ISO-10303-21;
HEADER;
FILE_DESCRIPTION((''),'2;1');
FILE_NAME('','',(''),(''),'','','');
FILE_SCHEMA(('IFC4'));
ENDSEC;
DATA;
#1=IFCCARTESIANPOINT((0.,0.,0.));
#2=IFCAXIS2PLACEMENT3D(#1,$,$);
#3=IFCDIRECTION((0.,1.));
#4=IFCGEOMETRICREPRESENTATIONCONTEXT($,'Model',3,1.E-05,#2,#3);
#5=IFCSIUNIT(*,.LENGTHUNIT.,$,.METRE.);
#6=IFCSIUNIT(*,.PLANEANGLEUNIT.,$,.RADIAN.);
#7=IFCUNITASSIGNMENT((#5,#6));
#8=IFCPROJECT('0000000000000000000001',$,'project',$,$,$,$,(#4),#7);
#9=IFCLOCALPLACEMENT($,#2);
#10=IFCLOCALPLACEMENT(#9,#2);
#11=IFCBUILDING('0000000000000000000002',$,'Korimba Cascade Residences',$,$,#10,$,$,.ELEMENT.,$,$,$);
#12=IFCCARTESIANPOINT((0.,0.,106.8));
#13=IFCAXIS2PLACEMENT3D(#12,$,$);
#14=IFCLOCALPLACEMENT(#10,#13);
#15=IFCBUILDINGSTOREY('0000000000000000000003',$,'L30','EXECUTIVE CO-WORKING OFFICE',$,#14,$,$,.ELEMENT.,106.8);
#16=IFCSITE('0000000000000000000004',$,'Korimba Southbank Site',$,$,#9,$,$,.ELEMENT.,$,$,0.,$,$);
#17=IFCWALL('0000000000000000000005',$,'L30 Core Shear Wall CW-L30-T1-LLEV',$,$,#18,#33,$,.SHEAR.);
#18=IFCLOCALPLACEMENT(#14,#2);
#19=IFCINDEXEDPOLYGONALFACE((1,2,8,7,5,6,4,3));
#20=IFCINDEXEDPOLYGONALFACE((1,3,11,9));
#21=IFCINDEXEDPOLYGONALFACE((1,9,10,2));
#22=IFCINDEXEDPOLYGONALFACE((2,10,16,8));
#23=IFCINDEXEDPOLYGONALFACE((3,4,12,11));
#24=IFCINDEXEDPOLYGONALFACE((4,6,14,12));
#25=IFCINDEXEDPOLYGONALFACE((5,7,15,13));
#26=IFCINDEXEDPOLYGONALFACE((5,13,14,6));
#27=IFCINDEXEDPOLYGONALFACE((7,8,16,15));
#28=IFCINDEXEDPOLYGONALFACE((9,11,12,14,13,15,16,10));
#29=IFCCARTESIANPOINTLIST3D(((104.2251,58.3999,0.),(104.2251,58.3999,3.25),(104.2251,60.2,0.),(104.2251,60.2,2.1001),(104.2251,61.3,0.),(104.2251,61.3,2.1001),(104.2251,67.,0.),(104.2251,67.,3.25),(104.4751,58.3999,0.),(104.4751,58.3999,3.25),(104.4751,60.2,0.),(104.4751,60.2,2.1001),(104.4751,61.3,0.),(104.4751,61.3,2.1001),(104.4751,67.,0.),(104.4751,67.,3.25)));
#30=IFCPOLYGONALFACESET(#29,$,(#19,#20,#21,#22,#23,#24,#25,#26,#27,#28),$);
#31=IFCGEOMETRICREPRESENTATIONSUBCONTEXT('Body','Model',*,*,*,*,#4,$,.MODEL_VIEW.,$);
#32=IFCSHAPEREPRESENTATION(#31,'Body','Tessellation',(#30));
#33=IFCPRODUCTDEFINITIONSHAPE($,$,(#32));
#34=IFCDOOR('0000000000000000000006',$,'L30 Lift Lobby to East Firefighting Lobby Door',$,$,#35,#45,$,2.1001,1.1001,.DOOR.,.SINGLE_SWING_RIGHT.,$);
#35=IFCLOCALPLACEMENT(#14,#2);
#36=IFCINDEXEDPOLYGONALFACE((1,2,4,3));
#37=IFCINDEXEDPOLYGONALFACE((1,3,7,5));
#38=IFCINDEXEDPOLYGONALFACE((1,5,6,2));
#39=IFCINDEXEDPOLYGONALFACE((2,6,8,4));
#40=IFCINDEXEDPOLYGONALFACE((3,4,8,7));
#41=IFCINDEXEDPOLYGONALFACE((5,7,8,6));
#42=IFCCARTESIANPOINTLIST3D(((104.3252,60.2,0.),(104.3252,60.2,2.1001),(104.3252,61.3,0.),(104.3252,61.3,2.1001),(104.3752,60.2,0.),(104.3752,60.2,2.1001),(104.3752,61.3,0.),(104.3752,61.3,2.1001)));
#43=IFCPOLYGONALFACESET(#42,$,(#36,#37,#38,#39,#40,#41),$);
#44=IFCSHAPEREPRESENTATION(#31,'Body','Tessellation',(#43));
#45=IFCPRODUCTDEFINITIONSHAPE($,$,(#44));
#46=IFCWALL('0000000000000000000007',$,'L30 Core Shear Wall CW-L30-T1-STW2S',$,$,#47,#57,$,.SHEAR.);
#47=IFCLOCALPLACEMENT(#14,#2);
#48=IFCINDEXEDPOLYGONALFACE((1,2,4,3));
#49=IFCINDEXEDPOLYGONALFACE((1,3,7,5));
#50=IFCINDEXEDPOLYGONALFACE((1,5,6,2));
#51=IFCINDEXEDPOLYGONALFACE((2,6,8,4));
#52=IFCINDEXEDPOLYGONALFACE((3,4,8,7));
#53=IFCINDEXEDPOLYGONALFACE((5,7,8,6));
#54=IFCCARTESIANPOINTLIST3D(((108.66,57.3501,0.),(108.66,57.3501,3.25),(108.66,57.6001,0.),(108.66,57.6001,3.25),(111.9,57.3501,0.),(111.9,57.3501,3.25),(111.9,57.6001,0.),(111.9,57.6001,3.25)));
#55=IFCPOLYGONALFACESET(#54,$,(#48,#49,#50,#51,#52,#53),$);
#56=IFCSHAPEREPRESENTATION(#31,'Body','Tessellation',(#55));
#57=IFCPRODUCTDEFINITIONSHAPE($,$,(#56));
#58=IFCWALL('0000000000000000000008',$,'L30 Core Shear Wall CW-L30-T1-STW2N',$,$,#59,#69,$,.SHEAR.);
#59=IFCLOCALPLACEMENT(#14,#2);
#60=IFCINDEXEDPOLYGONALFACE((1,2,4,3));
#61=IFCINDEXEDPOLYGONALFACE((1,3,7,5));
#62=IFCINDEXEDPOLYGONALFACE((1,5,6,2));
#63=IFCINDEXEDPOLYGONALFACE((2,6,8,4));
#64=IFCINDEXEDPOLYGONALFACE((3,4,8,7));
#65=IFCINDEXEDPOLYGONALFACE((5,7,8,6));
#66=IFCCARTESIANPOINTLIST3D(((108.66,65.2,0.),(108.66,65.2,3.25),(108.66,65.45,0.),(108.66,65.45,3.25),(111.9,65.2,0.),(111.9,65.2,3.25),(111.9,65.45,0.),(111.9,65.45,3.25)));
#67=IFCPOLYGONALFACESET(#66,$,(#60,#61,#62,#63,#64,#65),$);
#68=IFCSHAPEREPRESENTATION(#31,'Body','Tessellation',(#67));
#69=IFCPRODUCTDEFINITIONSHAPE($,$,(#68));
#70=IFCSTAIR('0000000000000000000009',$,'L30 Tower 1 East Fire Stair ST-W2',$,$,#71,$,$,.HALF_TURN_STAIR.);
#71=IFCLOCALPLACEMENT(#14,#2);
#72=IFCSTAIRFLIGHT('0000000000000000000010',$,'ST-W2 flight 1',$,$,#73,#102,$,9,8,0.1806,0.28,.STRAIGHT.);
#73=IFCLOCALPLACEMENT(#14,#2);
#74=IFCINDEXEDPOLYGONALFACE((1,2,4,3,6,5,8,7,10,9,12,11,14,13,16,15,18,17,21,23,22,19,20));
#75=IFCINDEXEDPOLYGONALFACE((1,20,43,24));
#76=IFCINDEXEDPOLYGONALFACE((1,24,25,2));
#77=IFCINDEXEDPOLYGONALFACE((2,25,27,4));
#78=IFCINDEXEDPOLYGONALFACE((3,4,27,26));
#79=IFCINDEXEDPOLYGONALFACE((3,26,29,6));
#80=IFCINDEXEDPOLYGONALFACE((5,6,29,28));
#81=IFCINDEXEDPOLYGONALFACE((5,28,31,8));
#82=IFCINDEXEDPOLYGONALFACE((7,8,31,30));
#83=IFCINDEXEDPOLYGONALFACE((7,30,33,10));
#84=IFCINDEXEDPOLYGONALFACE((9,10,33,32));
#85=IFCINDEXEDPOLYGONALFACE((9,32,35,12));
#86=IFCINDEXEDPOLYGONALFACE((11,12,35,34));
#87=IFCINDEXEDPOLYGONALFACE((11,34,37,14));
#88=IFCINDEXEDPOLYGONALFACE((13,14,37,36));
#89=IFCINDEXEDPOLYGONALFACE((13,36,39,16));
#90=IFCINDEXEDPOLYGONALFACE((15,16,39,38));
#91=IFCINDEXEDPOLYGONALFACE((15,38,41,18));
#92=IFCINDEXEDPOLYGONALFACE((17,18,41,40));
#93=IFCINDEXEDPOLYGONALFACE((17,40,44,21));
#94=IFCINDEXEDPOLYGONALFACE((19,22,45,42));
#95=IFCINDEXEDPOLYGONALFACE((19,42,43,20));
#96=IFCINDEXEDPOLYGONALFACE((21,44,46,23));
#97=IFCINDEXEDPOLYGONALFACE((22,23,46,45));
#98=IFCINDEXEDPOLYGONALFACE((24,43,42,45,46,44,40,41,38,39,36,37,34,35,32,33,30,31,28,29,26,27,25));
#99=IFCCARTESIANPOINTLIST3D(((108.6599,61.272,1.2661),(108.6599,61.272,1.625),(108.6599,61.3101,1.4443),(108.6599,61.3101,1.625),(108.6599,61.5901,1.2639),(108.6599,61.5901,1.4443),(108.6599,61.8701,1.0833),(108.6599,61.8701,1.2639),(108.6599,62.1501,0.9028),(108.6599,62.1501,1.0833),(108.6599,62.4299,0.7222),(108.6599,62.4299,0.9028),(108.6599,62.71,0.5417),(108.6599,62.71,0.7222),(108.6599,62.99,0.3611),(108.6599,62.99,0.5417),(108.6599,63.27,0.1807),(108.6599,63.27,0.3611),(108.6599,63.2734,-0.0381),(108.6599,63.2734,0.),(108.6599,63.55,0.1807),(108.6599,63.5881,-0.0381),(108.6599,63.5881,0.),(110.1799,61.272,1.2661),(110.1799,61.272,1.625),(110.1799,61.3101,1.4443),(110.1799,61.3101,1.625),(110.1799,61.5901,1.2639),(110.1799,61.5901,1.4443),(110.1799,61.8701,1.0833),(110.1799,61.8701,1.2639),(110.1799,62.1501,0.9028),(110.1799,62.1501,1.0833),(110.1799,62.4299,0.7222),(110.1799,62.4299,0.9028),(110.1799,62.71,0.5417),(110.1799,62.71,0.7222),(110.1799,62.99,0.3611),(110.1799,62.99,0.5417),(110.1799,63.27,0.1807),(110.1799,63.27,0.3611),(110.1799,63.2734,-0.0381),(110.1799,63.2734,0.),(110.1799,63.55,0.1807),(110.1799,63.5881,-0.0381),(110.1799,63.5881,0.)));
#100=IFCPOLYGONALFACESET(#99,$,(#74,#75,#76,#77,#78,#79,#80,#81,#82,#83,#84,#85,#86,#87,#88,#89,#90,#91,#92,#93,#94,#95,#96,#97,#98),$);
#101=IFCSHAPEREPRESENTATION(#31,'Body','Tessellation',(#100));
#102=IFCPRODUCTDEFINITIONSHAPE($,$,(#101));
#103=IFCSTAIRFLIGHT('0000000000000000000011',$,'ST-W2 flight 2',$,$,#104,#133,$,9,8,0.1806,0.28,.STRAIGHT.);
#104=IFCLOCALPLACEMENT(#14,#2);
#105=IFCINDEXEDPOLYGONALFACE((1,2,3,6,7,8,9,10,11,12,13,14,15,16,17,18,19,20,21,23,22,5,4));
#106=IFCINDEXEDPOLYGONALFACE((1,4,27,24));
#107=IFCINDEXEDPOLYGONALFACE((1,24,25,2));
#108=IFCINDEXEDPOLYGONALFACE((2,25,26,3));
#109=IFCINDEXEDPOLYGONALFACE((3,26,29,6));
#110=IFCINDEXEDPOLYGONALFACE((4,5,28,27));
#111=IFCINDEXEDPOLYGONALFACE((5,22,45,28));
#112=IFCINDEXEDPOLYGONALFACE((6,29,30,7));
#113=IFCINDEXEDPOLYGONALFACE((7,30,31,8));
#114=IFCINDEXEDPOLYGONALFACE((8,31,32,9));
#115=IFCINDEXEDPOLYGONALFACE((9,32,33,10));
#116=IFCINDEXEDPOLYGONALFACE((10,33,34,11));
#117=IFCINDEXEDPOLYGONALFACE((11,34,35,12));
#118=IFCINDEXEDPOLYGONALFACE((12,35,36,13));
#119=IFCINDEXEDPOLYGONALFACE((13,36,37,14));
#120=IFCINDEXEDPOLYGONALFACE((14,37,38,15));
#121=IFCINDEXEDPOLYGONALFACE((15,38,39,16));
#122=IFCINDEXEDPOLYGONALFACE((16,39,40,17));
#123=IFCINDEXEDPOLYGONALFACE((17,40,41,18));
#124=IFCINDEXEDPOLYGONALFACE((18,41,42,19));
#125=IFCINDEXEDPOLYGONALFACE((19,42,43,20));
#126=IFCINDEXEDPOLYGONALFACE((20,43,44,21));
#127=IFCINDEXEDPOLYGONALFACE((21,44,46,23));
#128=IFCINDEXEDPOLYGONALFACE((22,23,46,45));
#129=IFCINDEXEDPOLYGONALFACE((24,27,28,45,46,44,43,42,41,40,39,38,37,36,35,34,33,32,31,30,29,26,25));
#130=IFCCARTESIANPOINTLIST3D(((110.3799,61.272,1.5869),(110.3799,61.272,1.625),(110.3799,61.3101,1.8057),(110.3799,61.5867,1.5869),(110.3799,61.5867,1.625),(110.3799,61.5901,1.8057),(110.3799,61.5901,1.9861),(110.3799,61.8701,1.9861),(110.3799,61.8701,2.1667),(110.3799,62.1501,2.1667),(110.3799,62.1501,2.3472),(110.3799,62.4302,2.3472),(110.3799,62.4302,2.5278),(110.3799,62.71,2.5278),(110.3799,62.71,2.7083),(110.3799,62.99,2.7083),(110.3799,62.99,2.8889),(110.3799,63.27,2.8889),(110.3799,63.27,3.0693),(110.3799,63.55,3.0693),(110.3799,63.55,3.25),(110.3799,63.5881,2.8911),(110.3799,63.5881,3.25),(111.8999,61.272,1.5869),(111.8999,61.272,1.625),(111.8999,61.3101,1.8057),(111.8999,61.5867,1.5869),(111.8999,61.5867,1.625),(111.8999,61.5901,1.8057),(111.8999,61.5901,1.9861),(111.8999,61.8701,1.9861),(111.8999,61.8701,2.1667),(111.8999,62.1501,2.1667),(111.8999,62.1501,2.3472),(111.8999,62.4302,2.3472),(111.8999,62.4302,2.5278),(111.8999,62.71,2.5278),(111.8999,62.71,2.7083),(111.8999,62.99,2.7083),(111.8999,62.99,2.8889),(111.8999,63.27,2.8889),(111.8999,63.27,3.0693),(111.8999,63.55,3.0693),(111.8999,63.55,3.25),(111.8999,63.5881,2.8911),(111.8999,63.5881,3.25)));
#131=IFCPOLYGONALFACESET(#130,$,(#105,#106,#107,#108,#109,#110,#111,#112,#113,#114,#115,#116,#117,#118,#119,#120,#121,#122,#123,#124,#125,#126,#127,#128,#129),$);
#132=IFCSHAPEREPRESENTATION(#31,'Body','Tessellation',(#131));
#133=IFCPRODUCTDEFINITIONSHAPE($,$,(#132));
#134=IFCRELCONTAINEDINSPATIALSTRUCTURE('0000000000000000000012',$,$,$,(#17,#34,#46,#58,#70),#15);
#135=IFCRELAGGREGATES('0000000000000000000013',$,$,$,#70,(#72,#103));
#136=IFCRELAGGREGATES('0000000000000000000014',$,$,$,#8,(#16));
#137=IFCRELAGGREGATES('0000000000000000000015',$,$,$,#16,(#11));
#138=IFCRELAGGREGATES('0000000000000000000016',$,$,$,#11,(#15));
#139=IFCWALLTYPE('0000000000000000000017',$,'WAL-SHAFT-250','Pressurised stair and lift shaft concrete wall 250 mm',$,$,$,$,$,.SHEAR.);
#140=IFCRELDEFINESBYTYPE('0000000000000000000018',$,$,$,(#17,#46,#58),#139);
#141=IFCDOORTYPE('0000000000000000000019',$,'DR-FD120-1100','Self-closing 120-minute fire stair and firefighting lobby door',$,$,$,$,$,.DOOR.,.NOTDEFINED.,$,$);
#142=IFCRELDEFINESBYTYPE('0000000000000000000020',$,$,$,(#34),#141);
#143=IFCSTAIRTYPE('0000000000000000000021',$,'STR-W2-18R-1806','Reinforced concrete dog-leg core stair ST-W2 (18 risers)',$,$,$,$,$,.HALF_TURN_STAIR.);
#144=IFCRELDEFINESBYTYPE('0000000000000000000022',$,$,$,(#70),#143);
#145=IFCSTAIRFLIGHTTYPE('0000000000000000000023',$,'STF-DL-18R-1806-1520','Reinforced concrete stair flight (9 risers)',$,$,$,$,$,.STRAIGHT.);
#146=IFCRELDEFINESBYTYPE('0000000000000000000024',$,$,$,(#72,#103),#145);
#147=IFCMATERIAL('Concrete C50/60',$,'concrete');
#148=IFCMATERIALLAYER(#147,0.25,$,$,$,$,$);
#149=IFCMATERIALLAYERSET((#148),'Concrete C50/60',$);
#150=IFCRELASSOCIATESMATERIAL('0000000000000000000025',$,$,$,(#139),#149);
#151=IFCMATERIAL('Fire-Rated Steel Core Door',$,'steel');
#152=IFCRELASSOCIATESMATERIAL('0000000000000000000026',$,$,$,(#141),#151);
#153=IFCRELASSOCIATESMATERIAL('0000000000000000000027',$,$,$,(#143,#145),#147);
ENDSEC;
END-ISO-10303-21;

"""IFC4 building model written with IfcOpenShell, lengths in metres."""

from ifc_helpers import new_model, si_unit, direction, frame, frame_2d, origin, place, context, subcontext, project, spatial, polyline, rectangle, outline, extrude, material, layer, layer_set, type_object, element, fill, aggregate, save


model = new_model("IFC4")

# Units and contexts
model_context = context("Model", 3, precision=1e-05, world=origin(), true_north=direction((0.0, 1.0)))
body_context = subcontext(model_context, "Body", "Model", "MODEL_VIEW")
ifc_project = project(units=[si_unit("LENGTHUNIT", "METRE"), si_unit("PLANEANGLEUNIT", "RADIAN")], contexts=[model_context])

# Site, building, storey
site_placement = place(None, origin())
site = spatial("IfcSite", under=ifc_project, at=site_placement, Name="Korimba Southbank Site", CompositionType="ELEMENT", RefElevation=0.0)
building_placement = place(site_placement, origin())
building = spatial("IfcBuilding", under=site, at=building_placement, Name="Korimba Cascade Residences", CompositionType="ELEMENT")
storey_placement = place(building_placement, frame((0.0, 0.0, 106.8)))
storey = spatial("IfcBuildingStorey", under=building, at=storey_placement, Name="L30", Description="EXECUTIVE CO-WORKING OFFICE", CompositionType="ELEMENT", Elevation=106.8)

# Shared definitions
ifc_material_1 = material(Name="Concrete C50/60", Category="concrete")
ifc_layer_1 = layer(ifc_material_1, 0.25)
ifc_layer_set_1 = layer_set([ifc_layer_1], Name="Concrete C50/60")
wall_type_1 = type_object("IfcWallType", Name="WAL-SHAFT-250", Description="Pressurised stair and lift shaft concrete wall 250 mm", PredefinedType="SHEAR", material=ifc_layer_set_1)

# Wall, opening, door
wall_1_placement = place(storey_placement, frame((104.3501, 58.3999, 0.0), z_axis=(0.0, 0.0, 1.0), x_axis=(0.0, 1.0, 0.0)))
wall_1 = element("IfcWall", 1, at=wall_1_placement, inside=storey, type_object=wall_type_1, Name="L30 Core Shear Wall CW-L30-T1-LLEV", PredefinedType="SHEAR", context=body_context, shape_type="SweptSolid", body=[
    extrude(rectangle(XDim=8.6001, YDim=0.25, at=frame_2d((4.3, 0.0))), origin(), (0.0, 0.0, 1.0), 3.25),
])
opening_1_placement = place(wall_1_placement, frame((1.8, 0.0, 0.0)))
opening_1 = element("IfcOpeningElement", 2, at=opening_1_placement, cuts=wall_1, PredefinedType="OPENING", context=body_context, shape_type="SweptSolid", body=[
    extrude(rectangle(XDim=1.1001, YDim=2.1001, at=frame_2d((0.55, 1.05))), frame((0.0, 0.135, 0.0), z_axis=(0.0, -1.0, 0.0), x_axis=(1.0, 0.0, 0.0)), (0.0, 0.0, 1.0), 0.27),
])
ifc_material_2 = material(Name="Fire-Rated Steel Core Door", Category="steel")
door_type_1 = type_object("IfcDoorType", Name="DR-FD120-1100", Description="Self-closing 120-minute fire stair and firefighting lobby door", OperationType="NOTDEFINED", PredefinedType="DOOR", material=ifc_material_2)
door_1_placement = place(opening_1_placement, origin())
door_1 = element("IfcDoor", 3, at=door_1_placement, inside=storey, type_object=door_type_1, Name="L30 Lift Lobby to East Firefighting Lobby Door", OperationType="SINGLE_SWING_RIGHT", OverallHeight=2.1001, OverallWidth=1.1001, PredefinedType="DOOR", context=body_context, shape_type="SweptSolid", body=[
    extrude(rectangle(XDim=1.1001, YDim=2.1001, at=frame_2d((0.55, 1.05))), frame((0.0, 0.0249, 0.0), z_axis=(0.0, -1.0, 0.0), x_axis=(1.0, 0.0, 0.0)), (0.0, 0.0, 1.0), 0.05),
])
fill(opening_1, door_1)

# Walls
for number, where, z_axis, x_axis, name in (
    (4, (108.6599, 57.4751, 0.0), (0.0, 0.0, 1.0), (1.0, 0.0, 0.0), "L30 Core Shear Wall CW-L30-T1-STW2S"),
    (5, (108.6599, 65.325, 0.0), (0.0, 0.0, 1.0), (1.0, 0.0, 0.0), "L30 Core Shear Wall CW-L30-T1-STW2N"),
):
    element("IfcWall", number, at=place(storey_placement, frame(where, z_axis=z_axis, x_axis=x_axis)), inside=storey, type_object=wall_type_1, Name=name, PredefinedType="SHEAR", context=body_context, shape_type="SweptSolid", body=[
        extrude(rectangle(XDim=3.24, YDim=0.25, at=frame_2d((1.6201, 0.0))), origin(), (0.0, 0.0, 1.0), 3.25),
    ])

# Stair, stair flights
stair_type = type_object("IfcStairType", Name="STR-W2-18R-1806", Description="Reinforced concrete dog-leg core stair ST-W2 (18 risers)", PredefinedType="HALF_TURN_STAIR", material=ifc_material_1)
stair_placement = place(storey_placement, origin())
stair = element("IfcStair", 6, at=stair_placement, inside=storey, type_object=stair_type, Name="L30 Tower 1 East Fire Stair ST-W2", PredefinedType="HALF_TURN_STAIR")
stair_flight_type = type_object("IfcStairFlightType", Name="STF-DL-18R-1806-1520", Description="Reinforced concrete stair flight (9 risers)", PredefinedType="STRAIGHT", material=ifc_material_1)
stair_flight_1_placement = place(storey_placement, frame((109.4199, 63.55, 0.0), z_axis=(0.0, 0.0, 1.0), x_axis=(0.0, -1.0, 0.0)))
stair_flight_1 = element("IfcStairFlight", 7, at=stair_flight_1_placement, type_object=stair_flight_type, Name="ST-W2 flight 1", NumberOfRisers=9, NumberOfTreads=8, PredefinedType="STRAIGHT", RiserHeight=0.1806, TreadLength=0.28, context=body_context, shape_type="SweptSolid", body=[
    extrude(outline(polyline([(-0.0381, 0.0), (0.0, 0.1807), (0.28, 0.1807), (0.28, 0.3611), (0.5601, 0.3611), (0.5601, 0.5417), (0.8401, 0.5417), (0.8401, 0.7222), (1.1201, 0.7222), (1.1201, 0.9028), (1.3999, 0.9028), (1.3999, 1.0833), (1.6799, 1.0833), (1.6799, 1.2639), (1.96, 1.2639), (1.96, 1.4443), (2.24, 1.4443), (2.24, 1.625), (2.2781, 1.625), (2.2781, 1.2661), (0.2766, 0.0), (0.2766, -0.0381), (-0.0381, -0.0381), (-0.0381, 0.0)])), frame((0.0, 0.76, 0.0), z_axis=(0.0, -1.0, 0.0), x_axis=(1.0, 0.0, 0.0)), (0.0, 0.0, 1.0), 1.52),
])
stair_flight_2_placement = place(storey_placement, frame((111.1399, 61.3101, 1.625), z_axis=(0.0, 0.0, 1.0), x_axis=(0.0, 1.0, 0.0)))
stair_flight_2 = element("IfcStairFlight", 8, at=stair_flight_2_placement, type_object=stair_flight_type, Name="ST-W2 flight 2", NumberOfRisers=9, NumberOfTreads=8, PredefinedType="STRAIGHT", RiserHeight=0.1806, TreadLength=0.28, context=body_context, shape_type="SweptSolid", body=[
    extrude(outline(polyline([(-0.0381, 0.0), (0.0, 0.1807), (0.28, 0.1807), (0.28, 0.3611), (0.5601, 0.3611), (0.5601, 0.5417), (0.8401, 0.5417), (0.8401, 0.7222), (1.1201, 0.7222), (1.1201, 0.9028), (1.3999, 0.9028), (1.3999, 1.0833), (1.6799, 1.0833), (1.6799, 1.2639), (1.96, 1.2639), (1.96, 1.4443), (2.24, 1.4443), (2.24, 1.625), (2.2781, 1.625), (2.2781, 1.2661), (0.2766, 0.0), (0.2766, -0.0381), (-0.0381, -0.0381), (-0.0381, 0.0)])), frame((0.0, 0.76, 0.0), z_axis=(0.0, -1.0, 0.0), x_axis=(1.0, 0.0, 0.0)), (0.0, 0.0, 1.0), 1.52),
])
aggregate(stair, [stair_flight_1, stair_flight_2])

save(model, "model.ifc")
